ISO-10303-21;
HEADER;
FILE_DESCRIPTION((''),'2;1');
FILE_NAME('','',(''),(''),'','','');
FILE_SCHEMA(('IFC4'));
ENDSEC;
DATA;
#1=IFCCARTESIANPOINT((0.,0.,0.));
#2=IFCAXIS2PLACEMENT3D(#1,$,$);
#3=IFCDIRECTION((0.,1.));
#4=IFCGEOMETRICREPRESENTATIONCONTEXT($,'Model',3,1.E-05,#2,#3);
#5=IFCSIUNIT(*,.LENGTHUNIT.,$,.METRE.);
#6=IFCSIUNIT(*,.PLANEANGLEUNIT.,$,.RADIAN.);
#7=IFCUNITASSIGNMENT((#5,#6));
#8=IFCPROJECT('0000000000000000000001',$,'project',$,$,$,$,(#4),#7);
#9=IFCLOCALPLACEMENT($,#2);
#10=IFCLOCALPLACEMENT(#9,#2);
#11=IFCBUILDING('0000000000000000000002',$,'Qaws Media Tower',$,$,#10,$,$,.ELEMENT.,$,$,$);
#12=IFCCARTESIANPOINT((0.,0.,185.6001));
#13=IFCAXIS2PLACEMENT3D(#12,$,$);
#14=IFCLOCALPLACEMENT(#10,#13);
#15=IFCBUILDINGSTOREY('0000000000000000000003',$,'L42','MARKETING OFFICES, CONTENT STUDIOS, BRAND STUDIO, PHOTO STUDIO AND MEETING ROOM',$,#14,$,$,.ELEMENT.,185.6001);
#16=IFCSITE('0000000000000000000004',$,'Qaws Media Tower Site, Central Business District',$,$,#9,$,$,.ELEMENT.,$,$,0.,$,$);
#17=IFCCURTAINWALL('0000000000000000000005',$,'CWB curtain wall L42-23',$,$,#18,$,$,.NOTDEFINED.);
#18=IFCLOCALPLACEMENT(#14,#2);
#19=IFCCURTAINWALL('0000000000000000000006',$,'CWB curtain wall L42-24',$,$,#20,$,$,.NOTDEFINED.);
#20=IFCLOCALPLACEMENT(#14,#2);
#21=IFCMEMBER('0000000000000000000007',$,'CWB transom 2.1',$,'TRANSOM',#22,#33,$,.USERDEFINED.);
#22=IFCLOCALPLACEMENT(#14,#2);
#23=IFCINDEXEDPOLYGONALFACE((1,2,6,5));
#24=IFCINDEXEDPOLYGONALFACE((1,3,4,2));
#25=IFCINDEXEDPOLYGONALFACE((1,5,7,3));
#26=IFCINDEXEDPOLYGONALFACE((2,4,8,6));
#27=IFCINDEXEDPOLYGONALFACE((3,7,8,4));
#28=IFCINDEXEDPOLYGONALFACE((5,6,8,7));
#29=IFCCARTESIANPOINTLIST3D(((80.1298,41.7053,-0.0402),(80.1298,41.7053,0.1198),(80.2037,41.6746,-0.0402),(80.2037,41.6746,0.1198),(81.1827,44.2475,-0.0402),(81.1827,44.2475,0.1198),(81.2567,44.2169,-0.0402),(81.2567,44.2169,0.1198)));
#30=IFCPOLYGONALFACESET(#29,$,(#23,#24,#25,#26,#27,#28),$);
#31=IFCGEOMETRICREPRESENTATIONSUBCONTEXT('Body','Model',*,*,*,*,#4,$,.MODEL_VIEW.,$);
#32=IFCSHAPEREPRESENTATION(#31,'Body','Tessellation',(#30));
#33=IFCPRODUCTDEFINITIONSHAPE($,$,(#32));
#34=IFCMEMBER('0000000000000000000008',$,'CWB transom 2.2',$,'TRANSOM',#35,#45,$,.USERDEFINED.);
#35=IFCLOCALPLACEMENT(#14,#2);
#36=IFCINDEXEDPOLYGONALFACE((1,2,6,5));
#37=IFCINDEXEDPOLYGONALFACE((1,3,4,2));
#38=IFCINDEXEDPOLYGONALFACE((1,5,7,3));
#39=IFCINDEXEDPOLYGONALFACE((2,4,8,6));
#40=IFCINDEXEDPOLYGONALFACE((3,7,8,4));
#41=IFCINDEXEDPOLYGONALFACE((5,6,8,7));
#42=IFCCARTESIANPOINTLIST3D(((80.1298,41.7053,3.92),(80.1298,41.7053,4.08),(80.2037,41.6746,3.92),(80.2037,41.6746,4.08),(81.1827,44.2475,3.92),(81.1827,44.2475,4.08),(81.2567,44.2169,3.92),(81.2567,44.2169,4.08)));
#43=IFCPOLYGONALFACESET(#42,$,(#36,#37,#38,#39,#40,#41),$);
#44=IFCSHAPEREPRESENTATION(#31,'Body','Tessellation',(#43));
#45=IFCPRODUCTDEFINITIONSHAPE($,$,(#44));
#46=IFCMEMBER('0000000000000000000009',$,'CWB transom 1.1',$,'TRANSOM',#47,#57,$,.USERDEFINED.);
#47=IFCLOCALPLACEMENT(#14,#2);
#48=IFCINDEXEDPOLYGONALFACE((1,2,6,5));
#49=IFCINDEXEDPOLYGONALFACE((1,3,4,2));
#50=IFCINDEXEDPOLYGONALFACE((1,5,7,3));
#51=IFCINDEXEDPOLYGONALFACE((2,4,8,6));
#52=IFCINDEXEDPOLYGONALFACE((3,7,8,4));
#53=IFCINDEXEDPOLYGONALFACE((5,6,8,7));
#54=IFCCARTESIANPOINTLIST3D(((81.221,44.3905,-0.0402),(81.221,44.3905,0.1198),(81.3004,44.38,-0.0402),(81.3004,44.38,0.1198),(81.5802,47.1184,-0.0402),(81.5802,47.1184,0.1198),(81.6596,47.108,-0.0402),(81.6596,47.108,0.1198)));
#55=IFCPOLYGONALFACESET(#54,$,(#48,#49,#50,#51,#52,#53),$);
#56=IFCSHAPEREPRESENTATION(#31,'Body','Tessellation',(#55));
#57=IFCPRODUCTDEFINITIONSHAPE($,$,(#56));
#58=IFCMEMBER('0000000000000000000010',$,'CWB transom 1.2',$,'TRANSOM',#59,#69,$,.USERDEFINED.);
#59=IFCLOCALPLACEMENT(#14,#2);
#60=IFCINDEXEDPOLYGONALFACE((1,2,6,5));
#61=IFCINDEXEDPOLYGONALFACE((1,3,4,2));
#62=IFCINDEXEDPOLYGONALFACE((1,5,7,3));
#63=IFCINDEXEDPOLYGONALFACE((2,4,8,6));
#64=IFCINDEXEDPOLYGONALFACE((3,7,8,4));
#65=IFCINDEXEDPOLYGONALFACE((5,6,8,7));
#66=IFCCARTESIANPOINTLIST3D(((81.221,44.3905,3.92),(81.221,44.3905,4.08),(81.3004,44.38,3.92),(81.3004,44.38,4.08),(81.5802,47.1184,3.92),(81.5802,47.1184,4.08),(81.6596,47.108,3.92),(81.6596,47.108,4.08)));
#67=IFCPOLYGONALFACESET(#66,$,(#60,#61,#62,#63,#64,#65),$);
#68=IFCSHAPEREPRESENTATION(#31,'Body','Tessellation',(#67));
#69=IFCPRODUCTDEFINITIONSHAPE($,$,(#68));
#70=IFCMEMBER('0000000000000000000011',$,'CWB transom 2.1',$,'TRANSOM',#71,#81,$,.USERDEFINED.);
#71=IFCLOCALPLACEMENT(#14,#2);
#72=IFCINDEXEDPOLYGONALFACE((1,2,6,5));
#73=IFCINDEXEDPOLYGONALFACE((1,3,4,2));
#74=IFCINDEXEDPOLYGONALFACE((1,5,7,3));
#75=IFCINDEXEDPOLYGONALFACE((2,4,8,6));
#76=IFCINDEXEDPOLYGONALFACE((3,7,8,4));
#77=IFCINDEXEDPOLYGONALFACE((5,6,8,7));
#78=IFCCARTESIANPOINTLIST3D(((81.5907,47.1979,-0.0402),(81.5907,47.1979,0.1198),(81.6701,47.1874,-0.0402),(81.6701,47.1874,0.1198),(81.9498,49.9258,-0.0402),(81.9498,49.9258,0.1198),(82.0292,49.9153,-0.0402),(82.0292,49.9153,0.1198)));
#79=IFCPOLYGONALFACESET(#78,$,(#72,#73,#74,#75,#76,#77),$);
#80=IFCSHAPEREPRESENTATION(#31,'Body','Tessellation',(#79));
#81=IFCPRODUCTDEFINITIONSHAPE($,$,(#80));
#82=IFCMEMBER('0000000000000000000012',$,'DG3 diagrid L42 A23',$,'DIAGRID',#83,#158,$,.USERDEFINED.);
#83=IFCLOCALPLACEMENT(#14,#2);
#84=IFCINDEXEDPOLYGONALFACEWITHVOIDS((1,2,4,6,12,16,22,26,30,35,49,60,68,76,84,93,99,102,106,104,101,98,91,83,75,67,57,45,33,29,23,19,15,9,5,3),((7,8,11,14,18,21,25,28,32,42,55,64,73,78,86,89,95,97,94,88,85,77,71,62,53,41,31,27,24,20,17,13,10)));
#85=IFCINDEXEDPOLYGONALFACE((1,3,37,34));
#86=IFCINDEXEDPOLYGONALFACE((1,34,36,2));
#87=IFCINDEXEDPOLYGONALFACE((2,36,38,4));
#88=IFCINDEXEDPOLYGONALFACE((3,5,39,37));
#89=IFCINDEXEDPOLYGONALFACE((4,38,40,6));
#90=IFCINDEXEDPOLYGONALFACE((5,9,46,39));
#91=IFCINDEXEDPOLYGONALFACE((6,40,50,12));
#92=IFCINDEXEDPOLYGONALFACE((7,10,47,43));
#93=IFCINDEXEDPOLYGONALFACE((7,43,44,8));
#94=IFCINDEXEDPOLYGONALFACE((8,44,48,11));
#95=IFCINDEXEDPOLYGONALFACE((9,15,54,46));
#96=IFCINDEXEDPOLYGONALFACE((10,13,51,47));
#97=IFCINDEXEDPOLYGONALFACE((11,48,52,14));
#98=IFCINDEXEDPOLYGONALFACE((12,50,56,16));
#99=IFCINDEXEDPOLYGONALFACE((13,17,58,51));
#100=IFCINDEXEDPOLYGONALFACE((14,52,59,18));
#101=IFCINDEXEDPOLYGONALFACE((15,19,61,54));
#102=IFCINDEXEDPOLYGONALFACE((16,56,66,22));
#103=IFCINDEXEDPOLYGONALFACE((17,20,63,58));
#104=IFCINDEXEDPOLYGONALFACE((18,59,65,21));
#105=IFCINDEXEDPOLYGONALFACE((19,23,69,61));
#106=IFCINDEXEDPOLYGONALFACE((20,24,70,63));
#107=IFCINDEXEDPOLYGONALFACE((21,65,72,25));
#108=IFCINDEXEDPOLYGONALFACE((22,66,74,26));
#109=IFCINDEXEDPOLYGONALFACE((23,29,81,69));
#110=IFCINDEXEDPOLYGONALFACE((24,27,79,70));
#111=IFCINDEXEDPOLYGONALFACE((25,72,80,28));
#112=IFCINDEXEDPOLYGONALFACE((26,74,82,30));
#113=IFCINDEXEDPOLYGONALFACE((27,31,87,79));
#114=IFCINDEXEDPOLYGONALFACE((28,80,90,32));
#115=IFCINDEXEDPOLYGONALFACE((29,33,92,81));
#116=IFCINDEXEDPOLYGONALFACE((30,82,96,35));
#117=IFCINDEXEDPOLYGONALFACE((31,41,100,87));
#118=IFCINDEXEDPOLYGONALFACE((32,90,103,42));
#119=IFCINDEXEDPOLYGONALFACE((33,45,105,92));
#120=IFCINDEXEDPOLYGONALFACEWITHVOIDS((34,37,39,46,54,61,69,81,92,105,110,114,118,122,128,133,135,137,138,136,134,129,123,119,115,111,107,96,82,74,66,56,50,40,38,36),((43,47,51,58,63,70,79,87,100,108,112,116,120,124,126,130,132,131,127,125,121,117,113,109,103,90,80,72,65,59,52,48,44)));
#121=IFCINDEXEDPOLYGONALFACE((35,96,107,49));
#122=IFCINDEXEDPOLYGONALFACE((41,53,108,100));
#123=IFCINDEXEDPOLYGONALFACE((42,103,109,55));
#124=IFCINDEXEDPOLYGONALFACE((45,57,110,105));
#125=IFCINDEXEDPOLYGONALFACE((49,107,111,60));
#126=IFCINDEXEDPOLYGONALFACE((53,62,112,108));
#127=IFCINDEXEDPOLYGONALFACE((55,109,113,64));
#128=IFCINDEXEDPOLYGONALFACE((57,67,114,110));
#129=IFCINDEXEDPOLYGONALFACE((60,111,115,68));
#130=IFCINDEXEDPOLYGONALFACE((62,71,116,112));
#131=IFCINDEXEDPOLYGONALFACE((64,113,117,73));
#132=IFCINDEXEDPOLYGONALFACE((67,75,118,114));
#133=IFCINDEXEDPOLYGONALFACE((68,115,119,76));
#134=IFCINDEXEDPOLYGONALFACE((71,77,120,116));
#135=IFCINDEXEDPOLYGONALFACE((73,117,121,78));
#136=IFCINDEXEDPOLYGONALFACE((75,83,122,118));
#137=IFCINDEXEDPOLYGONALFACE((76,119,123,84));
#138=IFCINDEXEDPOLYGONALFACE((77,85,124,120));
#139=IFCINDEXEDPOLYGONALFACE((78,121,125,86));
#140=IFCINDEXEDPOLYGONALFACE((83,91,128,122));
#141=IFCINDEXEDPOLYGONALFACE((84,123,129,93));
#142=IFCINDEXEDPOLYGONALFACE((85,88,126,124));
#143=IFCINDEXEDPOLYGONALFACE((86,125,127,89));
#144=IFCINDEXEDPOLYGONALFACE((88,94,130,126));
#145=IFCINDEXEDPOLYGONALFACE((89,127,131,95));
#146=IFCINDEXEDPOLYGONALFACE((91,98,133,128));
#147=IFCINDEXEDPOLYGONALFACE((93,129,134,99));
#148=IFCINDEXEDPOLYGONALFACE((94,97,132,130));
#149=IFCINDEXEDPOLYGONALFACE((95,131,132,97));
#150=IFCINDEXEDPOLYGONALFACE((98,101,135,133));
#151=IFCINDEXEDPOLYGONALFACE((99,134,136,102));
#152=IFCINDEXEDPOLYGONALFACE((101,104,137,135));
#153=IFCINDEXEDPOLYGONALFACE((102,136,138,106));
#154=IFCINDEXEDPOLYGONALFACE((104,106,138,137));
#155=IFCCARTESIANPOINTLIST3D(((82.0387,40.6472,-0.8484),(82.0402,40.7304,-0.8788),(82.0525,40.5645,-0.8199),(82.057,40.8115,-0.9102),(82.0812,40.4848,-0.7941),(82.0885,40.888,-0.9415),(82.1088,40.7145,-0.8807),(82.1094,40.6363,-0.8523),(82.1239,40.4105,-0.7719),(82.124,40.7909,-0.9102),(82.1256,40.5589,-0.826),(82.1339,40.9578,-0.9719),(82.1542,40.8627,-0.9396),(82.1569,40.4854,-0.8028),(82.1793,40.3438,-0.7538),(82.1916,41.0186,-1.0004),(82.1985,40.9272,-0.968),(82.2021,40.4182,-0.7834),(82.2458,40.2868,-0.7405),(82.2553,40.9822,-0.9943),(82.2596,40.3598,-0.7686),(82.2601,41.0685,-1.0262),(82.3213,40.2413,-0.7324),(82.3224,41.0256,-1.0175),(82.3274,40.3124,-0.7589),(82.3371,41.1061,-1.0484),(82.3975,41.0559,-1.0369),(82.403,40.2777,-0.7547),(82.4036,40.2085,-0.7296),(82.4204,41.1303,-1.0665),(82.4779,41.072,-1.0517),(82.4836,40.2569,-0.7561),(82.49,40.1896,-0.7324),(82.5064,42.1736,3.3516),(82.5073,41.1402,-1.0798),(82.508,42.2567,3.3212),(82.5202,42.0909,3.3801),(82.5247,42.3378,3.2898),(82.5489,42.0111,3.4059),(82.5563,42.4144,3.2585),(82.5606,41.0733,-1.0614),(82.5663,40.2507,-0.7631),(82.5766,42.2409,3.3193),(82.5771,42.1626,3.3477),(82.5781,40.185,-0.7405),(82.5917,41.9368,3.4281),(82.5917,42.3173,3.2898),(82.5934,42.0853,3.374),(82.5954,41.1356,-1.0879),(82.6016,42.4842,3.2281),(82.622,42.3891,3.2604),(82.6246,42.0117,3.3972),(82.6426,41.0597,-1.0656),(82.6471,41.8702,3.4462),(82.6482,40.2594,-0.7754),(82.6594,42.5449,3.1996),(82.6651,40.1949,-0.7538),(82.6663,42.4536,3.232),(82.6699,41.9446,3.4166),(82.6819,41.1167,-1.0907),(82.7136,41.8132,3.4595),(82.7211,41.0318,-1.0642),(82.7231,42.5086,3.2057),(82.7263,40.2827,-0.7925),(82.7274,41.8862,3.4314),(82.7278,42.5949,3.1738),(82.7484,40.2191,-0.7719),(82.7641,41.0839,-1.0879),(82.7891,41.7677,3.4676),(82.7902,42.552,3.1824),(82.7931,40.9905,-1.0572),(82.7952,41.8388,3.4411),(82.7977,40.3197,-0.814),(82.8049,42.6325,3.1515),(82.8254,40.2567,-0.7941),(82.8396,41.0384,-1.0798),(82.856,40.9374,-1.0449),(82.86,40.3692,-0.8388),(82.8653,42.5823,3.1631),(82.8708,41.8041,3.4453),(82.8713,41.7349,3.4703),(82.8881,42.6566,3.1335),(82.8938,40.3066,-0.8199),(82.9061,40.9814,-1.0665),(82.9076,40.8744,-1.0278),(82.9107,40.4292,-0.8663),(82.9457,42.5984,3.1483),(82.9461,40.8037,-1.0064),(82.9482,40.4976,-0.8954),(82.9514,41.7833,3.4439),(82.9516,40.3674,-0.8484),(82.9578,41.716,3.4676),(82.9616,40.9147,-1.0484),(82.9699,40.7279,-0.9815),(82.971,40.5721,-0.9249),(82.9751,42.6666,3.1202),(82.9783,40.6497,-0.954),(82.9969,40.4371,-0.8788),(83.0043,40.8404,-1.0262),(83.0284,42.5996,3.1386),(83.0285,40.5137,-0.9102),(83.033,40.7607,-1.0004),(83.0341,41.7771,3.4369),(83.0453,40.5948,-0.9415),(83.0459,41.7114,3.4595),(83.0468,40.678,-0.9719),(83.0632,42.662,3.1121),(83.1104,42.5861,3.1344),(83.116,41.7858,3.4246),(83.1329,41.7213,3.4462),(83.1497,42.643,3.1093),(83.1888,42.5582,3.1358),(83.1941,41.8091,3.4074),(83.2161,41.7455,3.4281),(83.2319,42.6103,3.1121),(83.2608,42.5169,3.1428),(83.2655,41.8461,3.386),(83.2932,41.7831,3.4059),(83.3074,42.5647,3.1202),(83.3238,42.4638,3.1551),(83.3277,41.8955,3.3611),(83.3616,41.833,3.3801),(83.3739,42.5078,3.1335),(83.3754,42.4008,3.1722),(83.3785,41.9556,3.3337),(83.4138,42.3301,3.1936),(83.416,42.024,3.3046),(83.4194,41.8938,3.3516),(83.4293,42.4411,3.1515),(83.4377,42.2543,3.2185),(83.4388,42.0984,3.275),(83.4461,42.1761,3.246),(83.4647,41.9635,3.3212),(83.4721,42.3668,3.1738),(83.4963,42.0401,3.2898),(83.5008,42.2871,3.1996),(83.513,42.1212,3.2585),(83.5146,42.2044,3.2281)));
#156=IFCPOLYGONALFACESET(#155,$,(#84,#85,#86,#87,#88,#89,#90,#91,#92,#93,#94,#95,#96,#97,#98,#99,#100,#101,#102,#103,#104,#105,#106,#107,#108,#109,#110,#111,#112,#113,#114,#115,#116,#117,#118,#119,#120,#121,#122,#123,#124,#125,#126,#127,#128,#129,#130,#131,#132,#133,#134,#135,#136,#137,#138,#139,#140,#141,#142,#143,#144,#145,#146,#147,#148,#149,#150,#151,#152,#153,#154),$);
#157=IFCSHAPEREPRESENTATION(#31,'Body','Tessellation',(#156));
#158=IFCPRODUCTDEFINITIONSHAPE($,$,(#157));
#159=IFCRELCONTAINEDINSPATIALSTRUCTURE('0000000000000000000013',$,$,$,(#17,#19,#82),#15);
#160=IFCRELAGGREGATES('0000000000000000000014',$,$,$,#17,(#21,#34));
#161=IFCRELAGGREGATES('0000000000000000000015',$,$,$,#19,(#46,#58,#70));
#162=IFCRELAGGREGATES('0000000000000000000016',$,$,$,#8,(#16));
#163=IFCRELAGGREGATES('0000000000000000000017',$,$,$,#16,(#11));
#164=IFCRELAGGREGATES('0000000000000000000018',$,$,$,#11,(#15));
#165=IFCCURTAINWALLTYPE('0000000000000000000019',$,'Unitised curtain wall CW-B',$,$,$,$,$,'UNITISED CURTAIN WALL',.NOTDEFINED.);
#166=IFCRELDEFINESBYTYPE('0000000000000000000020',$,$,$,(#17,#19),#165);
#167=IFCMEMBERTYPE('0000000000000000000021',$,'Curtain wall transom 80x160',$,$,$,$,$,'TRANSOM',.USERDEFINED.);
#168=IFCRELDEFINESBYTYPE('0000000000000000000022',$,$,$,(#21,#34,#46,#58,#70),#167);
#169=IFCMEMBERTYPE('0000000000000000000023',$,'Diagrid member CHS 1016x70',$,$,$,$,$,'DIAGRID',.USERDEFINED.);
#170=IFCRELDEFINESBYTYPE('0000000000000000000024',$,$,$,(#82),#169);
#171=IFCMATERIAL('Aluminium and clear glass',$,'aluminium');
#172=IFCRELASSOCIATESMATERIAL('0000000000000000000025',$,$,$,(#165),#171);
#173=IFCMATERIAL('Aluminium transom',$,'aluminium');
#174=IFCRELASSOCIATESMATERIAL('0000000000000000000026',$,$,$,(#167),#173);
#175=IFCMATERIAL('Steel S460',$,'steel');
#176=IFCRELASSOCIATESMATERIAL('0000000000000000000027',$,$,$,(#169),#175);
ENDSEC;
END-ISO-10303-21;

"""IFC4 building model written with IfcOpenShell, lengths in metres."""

from ifc_helpers import new_model, si_unit, direction, frame, origin, origin_2d, place, context, subcontext, project, spatial, rectangle, hollow_circle, extrude, material, material_profile, profile_set, type_object, element, aggregate, save


model = new_model("IFC4")

# Units and contexts
model_context = context("Model", 3, precision=1e-05, world=origin(), true_north=direction((0.0, 1.0)))
body_context = subcontext(model_context, "Body", "Model", "MODEL_VIEW")
ifc_project = project(units=[si_unit("LENGTHUNIT", "METRE"), si_unit("PLANEANGLEUNIT", "RADIAN")], contexts=[model_context])

# Site, building, storey
site_placement = place(None, origin())
site = spatial("IfcSite", under=ifc_project, at=site_placement, Name="Qaws Media Tower Site, Central Business District", CompositionType="ELEMENT", RefElevation=0.0)
building_placement = place(site_placement, origin())
building = spatial("IfcBuilding", under=site, at=building_placement, Name="Qaws Media Tower", CompositionType="ELEMENT")
storey_placement = place(building_placement, frame((0.0, 0.0, 185.6001)))
storey = spatial("IfcBuildingStorey", under=building, at=storey_placement, Name="L42", Description="MARKETING OFFICES, CONTENT STUDIOS, BRAND STUDIO, PHOTO STUDIO AND MEETING ROOM", CompositionType="ELEMENT", Elevation=185.6001)

# Curtain walls
ifc_material_1 = material(Name="Aluminium and clear glass", Category="aluminium")
curtain_wall_type = type_object("IfcCurtainWallType", Name="Unitised curtain wall CW-B", ElementType="UNITISED CURTAIN WALL", PredefinedType="NOTDEFINED", material=ifc_material_1)
curtain_wall_1_placement = place(storey_placement, origin())
curtain_wall_1 = element("IfcCurtainWall", 1, at=curtain_wall_1_placement, inside=storey, type_object=curtain_wall_type, Name="CWB curtain wall L42-23", PredefinedType="NOTDEFINED")
curtain_wall_2_placement = place(storey_placement, origin())
curtain_wall_2 = element("IfcCurtainWall", 2, at=curtain_wall_2_placement, inside=storey, type_object=curtain_wall_type, Name="CWB curtain wall L42-24", PredefinedType="NOTDEFINED")

# Members
ifc_material_2 = material(Name="Aluminium transom", Category="aluminium")
ifc_material_profile_1 = material_profile(ifc_material_2, rectangle(XDim=0.0801, YDim=0.1599, at=origin_2d()), Name="80x160")
ifc_profile_set_1 = profile_set([ifc_material_profile_1], Name="Aluminium transom")
member_type_1 = type_object("IfcMemberType", Name="Curtain wall transom 80x160", ElementType="TRANSOM", PredefinedType="USERDEFINED", material=ifc_profile_set_1)
member_1_placement = place(storey_placement, frame((80.1667, 41.6899, 0.0398), z_axis=(0.382668, 0.923886, 0.0), x_axis=(-0.923886, 0.382668, 0.0)))
member_1 = element("IfcMember", 3, at=member_1_placement, type_object=member_type_1, Name="CWB transom 2.1", ObjectType="TRANSOM", PredefinedType="USERDEFINED", context=body_context, shape_type="SweptSolid", body=[
    extrude(rectangle(XDim=0.0801, YDim=0.1599, at=origin_2d()), origin(), (0.0, 0.0, 1.0), 2.7517),
])
member_2_placement = place(storey_placement, frame((80.1667, 41.6899, 4.0), z_axis=(0.382668, 0.923886, 0.0), x_axis=(-0.923886, 0.382668, 0.0)))
member_2 = element("IfcMember", 4, at=member_2_placement, type_object=member_type_1, Name="CWB transom 2.2", ObjectType="TRANSOM", PredefinedType="USERDEFINED", context=body_context, shape_type="SweptSolid", body=[
    extrude(rectangle(XDim=0.0801, YDim=0.1599, at=origin_2d()), origin(), (0.0, 0.0, 1.0), 2.7517),
])
member_3_placement = place(storey_placement, frame((81.2607, 44.3853, 0.0398), z_axis=(0.130519, 0.991446, 0.0), x_axis=(-0.991446, 0.130519, 0.0)))
member_3 = element("IfcMember", 5, at=member_3_placement, type_object=member_type_1, Name="CWB transom 1.1", ObjectType="TRANSOM", PredefinedType="USERDEFINED", context=body_context, shape_type="SweptSolid", body=[
    extrude(rectangle(XDim=0.0801, YDim=0.1599, at=origin_2d()), origin(), (0.0, 0.0, 1.0), 2.7515),
])
member_4_placement = place(storey_placement, frame((81.2607, 44.3853, 4.0), z_axis=(0.130519, 0.991446, 0.0), x_axis=(-0.991446, 0.130519, 0.0)))
member_4 = element("IfcMember", 6, at=member_4_placement, type_object=member_type_1, Name="CWB transom 1.2", ObjectType="TRANSOM", PredefinedType="USERDEFINED", context=body_context, shape_type="SweptSolid", body=[
    extrude(rectangle(XDim=0.0801, YDim=0.1599, at=origin_2d()), origin(), (0.0, 0.0, 1.0), 2.7515),
])
member_5_placement = place(storey_placement, frame((81.6304, 47.1926, 0.0398), z_axis=(0.130519, 0.991446, 0.0), x_axis=(-0.991446, 0.130519, 0.0)))
member_5 = element("IfcMember", 7, at=member_5_placement, type_object=member_type_1, Name="CWB transom 2.1", ObjectType="TRANSOM", PredefinedType="USERDEFINED", context=body_context, shape_type="SweptSolid", body=[
    extrude(rectangle(XDim=0.0801, YDim=0.1599, at=origin_2d()), origin(), (0.0, 0.0, 1.0), 2.7515),
])

# Member
ifc_material_3 = material(Name="Steel S460", Category="steel")
ifc_material_profile_2 = material_profile(ifc_material_3, hollow_circle(Radius=0.5081, WallThickness=0.0701, at=origin_2d()), Name="CHS 1016x70")
ifc_profile_set_2 = profile_set([ifc_material_profile_2], Name="Steel S460")
member_type_2 = type_object("IfcMemberType", Name="Diagrid member CHS 1016x70", ElementType="DIAGRID", PredefinedType="USERDEFINED", material=ifc_profile_set_2)
for number, where, z_axis, x_axis, name in (
    (8, (82.5427, 40.6626, -0.9102), (0.104109, 0.339711, 0.93475), (-0.956109, 0.293011, 0.0), "DG3 diagrid L42 A23"),
):
    element("IfcMember", number, at=place(storey_placement, frame(where, z_axis=z_axis, x_axis=x_axis)), inside=storey, type_object=member_type_2, Name=name, ObjectType="DIAGRID", PredefinedType="USERDEFINED", context=body_context, shape_type="SweptSolid", body=[
        extrude(hollow_circle(Radius=0.5081, WallThickness=0.0701, at=origin_2d()), origin(), (0.0, 0.0, 1.0), 4.4932),
    ])

aggregate(curtain_wall_1, [member_1, member_2])
aggregate(curtain_wall_2, [member_3, member_4, member_5])

save(model, "model.ifc")
